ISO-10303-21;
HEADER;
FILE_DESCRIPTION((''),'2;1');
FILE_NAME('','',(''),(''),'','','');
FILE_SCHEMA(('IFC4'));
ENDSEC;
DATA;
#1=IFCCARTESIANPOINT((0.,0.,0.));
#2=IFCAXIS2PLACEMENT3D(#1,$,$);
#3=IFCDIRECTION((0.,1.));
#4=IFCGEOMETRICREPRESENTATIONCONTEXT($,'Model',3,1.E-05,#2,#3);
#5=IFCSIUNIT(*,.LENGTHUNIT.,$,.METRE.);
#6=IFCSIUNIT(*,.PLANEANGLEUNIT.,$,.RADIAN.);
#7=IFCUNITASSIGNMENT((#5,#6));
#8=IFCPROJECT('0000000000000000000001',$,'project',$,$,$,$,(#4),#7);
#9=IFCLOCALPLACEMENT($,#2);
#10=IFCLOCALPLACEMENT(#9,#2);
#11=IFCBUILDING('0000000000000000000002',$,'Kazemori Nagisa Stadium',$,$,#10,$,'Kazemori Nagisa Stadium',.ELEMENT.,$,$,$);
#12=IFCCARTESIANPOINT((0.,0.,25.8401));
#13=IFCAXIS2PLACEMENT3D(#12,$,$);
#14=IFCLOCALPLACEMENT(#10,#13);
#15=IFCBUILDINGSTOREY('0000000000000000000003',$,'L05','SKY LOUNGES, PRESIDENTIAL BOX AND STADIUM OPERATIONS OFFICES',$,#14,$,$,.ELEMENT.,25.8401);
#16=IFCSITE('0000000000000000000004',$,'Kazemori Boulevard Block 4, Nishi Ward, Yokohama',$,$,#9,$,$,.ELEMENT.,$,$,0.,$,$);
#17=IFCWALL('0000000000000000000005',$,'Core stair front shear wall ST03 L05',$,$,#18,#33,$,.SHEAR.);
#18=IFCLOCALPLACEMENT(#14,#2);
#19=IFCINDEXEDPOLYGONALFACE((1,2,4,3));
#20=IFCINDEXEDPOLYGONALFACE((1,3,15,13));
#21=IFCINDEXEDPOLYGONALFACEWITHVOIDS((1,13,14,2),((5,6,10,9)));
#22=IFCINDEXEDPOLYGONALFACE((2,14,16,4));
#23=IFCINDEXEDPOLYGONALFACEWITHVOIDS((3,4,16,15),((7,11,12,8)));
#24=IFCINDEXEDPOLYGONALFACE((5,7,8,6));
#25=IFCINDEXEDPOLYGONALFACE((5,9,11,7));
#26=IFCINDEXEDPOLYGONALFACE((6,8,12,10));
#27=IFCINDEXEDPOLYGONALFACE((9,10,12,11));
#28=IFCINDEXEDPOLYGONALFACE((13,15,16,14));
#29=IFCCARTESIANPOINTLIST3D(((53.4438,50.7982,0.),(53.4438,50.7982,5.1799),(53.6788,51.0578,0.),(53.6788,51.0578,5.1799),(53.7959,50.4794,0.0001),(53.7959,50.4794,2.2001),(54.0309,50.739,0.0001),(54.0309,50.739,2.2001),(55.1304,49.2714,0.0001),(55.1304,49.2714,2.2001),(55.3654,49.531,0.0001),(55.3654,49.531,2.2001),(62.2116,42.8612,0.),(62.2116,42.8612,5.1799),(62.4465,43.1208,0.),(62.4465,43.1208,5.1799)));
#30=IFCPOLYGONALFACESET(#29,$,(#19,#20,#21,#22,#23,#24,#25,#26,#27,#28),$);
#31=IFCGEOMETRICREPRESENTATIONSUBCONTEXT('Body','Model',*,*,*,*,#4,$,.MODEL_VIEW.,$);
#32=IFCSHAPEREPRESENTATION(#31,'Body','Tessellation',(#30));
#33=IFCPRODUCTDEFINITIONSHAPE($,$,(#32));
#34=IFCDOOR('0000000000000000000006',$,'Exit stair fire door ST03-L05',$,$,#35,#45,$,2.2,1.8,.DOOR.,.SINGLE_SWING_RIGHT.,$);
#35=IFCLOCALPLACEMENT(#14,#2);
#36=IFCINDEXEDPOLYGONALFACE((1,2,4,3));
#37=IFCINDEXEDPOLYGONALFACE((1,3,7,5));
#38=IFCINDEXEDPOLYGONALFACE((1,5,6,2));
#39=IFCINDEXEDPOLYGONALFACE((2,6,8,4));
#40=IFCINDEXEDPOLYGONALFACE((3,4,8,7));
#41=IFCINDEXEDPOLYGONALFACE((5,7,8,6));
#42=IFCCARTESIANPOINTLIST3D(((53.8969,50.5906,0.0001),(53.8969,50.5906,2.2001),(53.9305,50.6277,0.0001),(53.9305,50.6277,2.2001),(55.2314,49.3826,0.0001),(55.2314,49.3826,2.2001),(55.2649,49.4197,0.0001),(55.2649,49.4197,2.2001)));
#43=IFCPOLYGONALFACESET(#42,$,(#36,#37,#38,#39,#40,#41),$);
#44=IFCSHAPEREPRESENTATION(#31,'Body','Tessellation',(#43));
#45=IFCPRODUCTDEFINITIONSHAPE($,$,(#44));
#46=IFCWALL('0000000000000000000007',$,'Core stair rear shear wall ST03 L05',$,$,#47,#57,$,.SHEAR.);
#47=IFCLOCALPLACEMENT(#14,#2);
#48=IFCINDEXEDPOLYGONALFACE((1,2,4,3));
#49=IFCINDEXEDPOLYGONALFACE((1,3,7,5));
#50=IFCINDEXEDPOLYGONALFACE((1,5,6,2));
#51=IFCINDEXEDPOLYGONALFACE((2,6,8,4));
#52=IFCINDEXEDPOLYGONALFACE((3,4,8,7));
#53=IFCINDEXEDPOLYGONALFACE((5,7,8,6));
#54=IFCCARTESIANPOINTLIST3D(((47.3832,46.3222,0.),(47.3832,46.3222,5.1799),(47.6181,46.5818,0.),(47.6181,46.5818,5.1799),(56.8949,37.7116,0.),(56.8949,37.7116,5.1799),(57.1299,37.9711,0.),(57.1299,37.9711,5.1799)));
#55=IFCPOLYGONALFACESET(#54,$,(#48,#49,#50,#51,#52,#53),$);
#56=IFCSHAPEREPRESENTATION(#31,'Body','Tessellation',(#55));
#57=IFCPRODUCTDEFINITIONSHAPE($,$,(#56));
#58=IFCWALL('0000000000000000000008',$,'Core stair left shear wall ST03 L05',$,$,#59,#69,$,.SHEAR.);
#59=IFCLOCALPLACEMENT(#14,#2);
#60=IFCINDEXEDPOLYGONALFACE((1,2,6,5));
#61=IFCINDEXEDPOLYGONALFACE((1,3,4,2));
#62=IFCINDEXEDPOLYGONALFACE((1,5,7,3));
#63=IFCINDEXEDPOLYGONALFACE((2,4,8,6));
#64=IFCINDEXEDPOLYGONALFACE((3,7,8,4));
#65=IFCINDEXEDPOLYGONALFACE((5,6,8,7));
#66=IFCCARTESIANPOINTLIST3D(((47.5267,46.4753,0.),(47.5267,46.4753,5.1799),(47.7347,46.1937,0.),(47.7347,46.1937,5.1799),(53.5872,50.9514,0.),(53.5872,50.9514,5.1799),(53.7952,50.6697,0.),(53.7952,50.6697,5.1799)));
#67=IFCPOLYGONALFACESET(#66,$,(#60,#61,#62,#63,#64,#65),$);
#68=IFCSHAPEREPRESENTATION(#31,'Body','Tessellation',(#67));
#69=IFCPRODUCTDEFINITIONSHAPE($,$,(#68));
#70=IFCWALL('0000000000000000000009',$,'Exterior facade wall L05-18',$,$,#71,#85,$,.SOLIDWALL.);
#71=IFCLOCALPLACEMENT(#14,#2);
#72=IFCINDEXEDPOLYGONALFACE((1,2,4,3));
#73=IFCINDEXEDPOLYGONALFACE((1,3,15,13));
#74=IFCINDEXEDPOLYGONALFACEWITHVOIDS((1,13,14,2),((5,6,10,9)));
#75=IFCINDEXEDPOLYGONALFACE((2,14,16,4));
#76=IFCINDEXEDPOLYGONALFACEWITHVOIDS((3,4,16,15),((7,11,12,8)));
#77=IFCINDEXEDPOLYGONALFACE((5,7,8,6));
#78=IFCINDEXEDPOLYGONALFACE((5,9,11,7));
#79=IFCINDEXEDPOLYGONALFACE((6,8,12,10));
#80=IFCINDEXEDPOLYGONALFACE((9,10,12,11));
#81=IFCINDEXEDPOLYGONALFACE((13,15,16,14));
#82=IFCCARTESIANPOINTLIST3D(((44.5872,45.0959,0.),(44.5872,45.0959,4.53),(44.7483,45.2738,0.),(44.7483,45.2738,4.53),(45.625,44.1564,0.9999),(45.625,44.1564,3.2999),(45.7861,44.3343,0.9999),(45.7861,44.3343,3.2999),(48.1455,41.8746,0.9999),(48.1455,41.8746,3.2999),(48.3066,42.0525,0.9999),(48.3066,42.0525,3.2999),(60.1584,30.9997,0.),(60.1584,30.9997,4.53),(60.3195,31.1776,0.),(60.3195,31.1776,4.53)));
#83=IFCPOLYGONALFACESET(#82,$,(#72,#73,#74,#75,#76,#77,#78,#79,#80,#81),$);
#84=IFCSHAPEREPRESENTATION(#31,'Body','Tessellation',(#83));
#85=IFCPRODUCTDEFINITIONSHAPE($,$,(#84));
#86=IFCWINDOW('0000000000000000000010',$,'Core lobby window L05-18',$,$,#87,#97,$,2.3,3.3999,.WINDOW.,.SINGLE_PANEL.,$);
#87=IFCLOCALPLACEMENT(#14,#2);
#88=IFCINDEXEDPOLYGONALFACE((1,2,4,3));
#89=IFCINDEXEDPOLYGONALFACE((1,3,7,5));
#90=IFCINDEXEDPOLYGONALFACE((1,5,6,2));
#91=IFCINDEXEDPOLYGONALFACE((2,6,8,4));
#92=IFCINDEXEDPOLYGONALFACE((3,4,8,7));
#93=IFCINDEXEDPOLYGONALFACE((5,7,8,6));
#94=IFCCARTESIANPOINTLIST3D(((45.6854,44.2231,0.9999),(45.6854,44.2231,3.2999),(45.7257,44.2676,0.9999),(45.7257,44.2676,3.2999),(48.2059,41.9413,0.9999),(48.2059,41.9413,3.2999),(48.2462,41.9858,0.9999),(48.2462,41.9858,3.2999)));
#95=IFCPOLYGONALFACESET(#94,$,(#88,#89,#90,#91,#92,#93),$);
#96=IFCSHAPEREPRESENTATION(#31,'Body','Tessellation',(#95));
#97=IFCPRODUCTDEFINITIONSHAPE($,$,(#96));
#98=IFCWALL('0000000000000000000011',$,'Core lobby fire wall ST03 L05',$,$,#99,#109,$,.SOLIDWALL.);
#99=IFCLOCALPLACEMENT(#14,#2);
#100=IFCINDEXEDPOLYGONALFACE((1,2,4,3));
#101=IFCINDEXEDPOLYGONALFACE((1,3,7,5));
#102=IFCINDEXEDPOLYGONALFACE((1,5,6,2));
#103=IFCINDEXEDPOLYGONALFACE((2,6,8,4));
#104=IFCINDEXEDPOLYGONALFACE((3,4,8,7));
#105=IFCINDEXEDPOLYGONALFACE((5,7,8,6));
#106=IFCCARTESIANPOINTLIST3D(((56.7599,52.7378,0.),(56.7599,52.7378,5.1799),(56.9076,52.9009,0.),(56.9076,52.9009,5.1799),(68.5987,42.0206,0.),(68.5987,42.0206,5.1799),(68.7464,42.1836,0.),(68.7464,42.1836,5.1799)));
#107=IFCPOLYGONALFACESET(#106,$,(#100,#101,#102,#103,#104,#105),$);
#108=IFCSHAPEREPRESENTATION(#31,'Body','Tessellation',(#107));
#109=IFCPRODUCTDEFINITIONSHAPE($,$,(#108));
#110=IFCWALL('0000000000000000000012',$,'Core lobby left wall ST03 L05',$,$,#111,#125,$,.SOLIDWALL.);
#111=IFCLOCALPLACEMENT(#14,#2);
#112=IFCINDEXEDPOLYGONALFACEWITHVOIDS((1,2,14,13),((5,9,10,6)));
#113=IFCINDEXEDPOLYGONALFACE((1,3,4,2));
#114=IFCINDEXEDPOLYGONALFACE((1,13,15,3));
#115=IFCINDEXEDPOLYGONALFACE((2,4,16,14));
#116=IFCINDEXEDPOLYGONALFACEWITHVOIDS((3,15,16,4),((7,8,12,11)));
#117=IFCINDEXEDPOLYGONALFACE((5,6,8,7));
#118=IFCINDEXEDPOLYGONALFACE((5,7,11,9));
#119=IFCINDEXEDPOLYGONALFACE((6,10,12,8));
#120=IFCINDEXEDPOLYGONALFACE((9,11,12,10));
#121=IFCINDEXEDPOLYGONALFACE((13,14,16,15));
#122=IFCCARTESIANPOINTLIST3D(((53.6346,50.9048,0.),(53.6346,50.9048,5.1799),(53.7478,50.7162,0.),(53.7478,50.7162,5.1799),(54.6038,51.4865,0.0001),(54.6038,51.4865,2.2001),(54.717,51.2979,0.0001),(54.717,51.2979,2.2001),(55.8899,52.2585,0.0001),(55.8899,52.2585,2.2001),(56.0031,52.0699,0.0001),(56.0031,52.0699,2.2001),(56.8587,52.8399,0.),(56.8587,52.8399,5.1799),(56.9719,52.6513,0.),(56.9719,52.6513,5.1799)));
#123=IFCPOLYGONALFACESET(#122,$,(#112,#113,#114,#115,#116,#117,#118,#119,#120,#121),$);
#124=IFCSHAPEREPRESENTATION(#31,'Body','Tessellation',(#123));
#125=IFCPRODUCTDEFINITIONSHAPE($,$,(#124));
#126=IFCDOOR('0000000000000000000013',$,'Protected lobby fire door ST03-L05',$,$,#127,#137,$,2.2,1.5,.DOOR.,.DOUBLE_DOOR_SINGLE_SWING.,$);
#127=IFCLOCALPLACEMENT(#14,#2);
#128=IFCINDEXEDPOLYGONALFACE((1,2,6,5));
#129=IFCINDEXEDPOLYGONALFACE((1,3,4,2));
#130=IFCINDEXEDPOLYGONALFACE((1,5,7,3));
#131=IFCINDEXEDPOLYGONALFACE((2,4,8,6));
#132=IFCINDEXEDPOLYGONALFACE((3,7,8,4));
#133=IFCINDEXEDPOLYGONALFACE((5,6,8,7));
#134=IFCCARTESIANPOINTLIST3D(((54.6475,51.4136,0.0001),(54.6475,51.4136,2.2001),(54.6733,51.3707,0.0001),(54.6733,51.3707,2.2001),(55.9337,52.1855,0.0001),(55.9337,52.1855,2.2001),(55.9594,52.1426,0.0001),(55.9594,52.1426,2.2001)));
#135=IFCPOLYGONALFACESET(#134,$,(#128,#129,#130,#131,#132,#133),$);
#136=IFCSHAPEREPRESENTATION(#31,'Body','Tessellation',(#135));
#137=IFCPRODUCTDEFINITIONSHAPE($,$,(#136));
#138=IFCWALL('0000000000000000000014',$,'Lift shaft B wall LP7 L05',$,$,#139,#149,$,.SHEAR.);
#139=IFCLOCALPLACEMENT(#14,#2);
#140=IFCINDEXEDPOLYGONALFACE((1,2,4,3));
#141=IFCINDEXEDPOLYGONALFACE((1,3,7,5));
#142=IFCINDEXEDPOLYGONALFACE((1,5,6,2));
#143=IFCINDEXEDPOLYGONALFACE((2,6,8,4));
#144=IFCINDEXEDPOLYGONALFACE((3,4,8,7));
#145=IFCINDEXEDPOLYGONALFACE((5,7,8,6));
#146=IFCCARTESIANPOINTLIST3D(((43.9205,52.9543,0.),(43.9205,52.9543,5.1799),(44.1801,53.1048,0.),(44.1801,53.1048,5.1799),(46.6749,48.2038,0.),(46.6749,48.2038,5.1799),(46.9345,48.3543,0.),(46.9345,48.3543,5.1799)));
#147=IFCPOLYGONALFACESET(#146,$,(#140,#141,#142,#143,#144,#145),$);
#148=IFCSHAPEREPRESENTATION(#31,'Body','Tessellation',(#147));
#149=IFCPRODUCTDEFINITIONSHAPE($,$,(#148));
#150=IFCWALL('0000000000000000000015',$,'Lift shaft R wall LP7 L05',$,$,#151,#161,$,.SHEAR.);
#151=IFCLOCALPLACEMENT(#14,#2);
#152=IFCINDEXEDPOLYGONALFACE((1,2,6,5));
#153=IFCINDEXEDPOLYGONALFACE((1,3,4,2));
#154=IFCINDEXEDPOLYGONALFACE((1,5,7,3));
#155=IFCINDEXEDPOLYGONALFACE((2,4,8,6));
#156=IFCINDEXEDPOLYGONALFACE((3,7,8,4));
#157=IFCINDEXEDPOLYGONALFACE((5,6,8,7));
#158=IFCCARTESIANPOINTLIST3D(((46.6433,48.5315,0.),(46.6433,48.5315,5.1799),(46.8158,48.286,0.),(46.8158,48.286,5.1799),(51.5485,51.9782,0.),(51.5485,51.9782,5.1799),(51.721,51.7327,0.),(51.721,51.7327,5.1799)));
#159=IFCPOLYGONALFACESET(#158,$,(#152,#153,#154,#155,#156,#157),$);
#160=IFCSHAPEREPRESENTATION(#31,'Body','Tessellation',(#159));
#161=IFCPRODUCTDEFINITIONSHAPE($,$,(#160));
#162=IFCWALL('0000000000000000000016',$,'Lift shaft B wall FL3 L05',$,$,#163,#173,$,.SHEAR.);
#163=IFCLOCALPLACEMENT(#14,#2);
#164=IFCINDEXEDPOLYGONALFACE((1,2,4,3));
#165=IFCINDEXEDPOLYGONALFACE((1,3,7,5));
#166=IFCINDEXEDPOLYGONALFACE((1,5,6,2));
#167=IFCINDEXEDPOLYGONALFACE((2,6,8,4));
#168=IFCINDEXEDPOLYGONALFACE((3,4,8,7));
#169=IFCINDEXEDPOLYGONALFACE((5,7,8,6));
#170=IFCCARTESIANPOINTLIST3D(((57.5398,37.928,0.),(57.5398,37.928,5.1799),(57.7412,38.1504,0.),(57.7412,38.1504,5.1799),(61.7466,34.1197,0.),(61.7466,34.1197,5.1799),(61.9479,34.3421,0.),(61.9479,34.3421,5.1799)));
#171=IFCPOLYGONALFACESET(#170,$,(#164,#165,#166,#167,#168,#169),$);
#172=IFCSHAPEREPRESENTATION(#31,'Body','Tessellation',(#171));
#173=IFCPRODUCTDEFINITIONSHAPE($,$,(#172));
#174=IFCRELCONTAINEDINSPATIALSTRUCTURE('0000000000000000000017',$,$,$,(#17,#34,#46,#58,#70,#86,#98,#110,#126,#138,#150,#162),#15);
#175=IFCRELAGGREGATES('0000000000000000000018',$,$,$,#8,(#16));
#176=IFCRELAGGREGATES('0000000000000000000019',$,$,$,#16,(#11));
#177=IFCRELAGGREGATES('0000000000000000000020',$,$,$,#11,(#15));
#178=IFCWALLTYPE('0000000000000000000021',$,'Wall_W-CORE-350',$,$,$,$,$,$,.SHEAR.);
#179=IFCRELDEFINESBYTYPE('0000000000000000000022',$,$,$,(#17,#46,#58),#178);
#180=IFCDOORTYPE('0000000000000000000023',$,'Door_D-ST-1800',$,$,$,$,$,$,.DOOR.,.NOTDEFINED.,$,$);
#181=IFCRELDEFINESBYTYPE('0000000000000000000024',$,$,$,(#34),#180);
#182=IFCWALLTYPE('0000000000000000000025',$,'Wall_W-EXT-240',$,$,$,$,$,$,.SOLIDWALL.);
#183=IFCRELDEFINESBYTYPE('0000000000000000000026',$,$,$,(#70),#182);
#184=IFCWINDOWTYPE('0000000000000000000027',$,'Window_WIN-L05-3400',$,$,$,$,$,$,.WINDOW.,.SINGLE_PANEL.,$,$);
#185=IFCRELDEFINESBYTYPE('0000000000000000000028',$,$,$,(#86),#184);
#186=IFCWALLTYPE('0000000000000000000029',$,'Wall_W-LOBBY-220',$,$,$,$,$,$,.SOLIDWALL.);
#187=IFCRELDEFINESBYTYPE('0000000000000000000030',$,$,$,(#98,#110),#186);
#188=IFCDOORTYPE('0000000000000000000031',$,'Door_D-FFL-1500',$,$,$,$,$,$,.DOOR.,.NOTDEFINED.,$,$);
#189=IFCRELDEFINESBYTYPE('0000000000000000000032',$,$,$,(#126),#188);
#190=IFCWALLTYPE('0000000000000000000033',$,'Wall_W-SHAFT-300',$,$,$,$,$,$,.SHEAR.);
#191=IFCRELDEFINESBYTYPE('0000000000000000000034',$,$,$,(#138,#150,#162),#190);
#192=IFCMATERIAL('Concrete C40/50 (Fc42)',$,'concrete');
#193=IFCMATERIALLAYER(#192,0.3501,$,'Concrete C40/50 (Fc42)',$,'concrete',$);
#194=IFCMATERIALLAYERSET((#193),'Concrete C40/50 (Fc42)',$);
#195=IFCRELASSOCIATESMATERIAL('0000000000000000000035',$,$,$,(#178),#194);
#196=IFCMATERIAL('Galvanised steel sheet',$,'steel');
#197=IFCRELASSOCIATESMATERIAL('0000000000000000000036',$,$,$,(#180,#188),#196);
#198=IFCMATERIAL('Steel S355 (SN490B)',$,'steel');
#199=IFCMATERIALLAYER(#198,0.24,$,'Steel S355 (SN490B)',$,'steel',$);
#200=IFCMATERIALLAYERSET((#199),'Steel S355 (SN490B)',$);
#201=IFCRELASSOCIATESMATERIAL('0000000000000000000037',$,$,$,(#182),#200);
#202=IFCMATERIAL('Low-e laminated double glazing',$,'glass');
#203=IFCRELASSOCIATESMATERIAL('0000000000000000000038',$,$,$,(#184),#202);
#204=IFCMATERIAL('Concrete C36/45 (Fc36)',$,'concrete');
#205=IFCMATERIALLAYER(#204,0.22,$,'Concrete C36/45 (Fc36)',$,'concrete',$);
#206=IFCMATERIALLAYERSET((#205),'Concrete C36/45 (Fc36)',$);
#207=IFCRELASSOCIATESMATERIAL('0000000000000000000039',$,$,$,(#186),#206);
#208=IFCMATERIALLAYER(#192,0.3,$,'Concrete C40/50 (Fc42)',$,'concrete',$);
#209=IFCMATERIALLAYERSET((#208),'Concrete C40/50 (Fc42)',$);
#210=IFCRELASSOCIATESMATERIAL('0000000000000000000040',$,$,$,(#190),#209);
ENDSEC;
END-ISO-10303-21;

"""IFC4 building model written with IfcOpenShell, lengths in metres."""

from ifc_helpers import new_model, si_unit, direction, frame, frame_2d, origin, place, context, subcontext, project, spatial, rectangle, extrude, material, layer, layer_set, type_object, element, fill, save


model = new_model("IFC4")

# Units and contexts
model_context = context("Model", 3, precision=1e-05, world=origin(), true_north=direction((0.0, 1.0)))
body_context = subcontext(model_context, "Body", "Model", "MODEL_VIEW")
ifc_project = project(units=[si_unit("LENGTHUNIT", "METRE"), si_unit("PLANEANGLEUNIT", "RADIAN")], contexts=[model_context])

# Site, building, storey
site_placement = place(None, origin())
site = spatial("IfcSite", under=ifc_project, at=site_placement, Name="Kazemori Boulevard Block 4, Nishi Ward, Yokohama", CompositionType="ELEMENT", RefElevation=0.0)
building_placement = place(site_placement, origin())
building = spatial("IfcBuilding", under=site, at=building_placement, Name="Kazemori Nagisa Stadium", LongName="Kazemori Nagisa Stadium", CompositionType="ELEMENT")
storey_placement = place(building_placement, frame((0.0, 0.0, 25.8401)))
storey = spatial("IfcBuildingStorey", under=building, at=storey_placement, Name="L05", Description="SKY LOUNGES, PRESIDENTIAL BOX AND STADIUM OPERATIONS OFFICES", CompositionType="ELEMENT", Elevation=25.8401)

# Shared definitions
ifc_material_1 = material(Name="Concrete C40/50 (Fc42)", Category="concrete")

# Wall, opening, door
ifc_layer_1 = layer(ifc_material_1, 0.3501, Name="Concrete C40/50 (Fc42)", Category="concrete")
ifc_layer_set_1 = layer_set([ifc_layer_1], Name="Concrete C40/50 (Fc42)")
wall_type_1 = type_object("IfcWallType", Name="Wall_W-CORE-350", PredefinedType="SHEAR", material=ifc_layer_set_1)
wall_1_placement = place(storey_placement, frame((53.5613, 50.928, 0.0), z_axis=(0.0, 0.0, 1.0), x_axis=(0.741358, -0.67111, 0.0)))
wall_1 = element("IfcWall", 1, at=wall_1_placement, inside=storey, type_object=wall_type_1, Name="Core stair front shear wall ST03 L05", PredefinedType="SHEAR", context=body_context, shape_type="SweptSolid", body=[
    extrude(rectangle(XDim=11.8267, YDim=0.3501, at=frame_2d((5.9133, 0.0))), origin(), (0.0, 0.0, 1.0), 5.1799),
])
opening_1_placement = place(wall_1_placement, frame((0.4751, 0.0, 0.0)))
opening_1 = element("IfcOpeningElement", 2, at=opening_1_placement, cuts=wall_1, PredefinedType="OPENING", context=body_context, shape_type="SweptSolid", body=[
    extrude(rectangle(XDim=1.8, YDim=2.2, at=frame_2d((0.8999, 1.1001))), frame((0.0, 0.1851, 0.0), z_axis=(0.0, -1.0, 0.0), x_axis=(1.0, 0.0, 0.0)), (0.0, 0.0, 1.0), 0.3701),
])
ifc_material_2 = material(Name="Galvanised steel sheet", Category="steel")
door_type_1 = type_object("IfcDoorType", Name="Door_D-ST-1800", OperationType="NOTDEFINED", PredefinedType="DOOR", material=ifc_material_2)
door_1_placement = place(opening_1_placement, frame((1.8, 0.0, 0.0), z_axis=(0.0, 0.0, 1.0), x_axis=(-1.0, 0.0, 0.0)))
door_1 = element("IfcDoor", 3, at=door_1_placement, inside=storey, type_object=door_type_1, Name="Exit stair fire door ST03-L05", OperationType="SINGLE_SWING_RIGHT", OverallHeight=2.2, OverallWidth=1.8, PredefinedType="DOOR", context=body_context, shape_type="SweptSolid", body=[
    extrude(rectangle(XDim=1.8, YDim=2.2, at=frame_2d((0.8999, 1.1001))), frame((0.0, 0.0249, 0.0), z_axis=(0.0, -1.0, 0.0), x_axis=(1.0, 0.0, 0.0)), (0.0, 0.0, 1.0), 0.05),
])
fill(opening_1, door_1)

# Walls
wall_2_placement = place(storey_placement, frame((47.5007, 46.4519, 0.0), z_axis=(0.0, 0.0, 1.0), x_axis=(0.741351, -0.671117, 0.0)))
element("IfcWall", 4, at=wall_2_placement, inside=storey, type_object=wall_type_1, Name="Core stair rear shear wall ST03 L05", PredefinedType="SHEAR", context=body_context, shape_type="SweptSolid", body=[
    extrude(rectangle(XDim=12.8303, YDim=0.3501, at=frame_2d((6.415, 0.0))), origin(), (0.0, 0.0, 1.0), 5.1799),
])
wall_3_placement = place(storey_placement, frame((53.6912, 50.8105, 0.0), z_axis=(0.0, 0.0, 1.0), x_axis=(-0.804396, -0.594094, 0.0)))
element("IfcWall", 5, at=wall_3_placement, inside=storey, type_object=wall_type_1, Name="Core stair left shear wall ST03 L05", PredefinedType="SHEAR", context=body_context, shape_type="SweptSolid", body=[
    extrude(rectangle(XDim=7.5342, YDim=0.3501, at=frame_2d((3.7671, 0.0))), origin(), (0.0, 0.0, 1.0), 5.1799),
])

# Wall, opening, window
ifc_material_3 = material(Name="Steel S355 (SN490B)", Category="steel")
ifc_layer_2 = layer(ifc_material_3, 0.24, Name="Steel S355 (SN490B)", Category="steel")
ifc_layer_set_2 = layer_set([ifc_layer_2], Name="Steel S355 (SN490B)")
wall_type_2 = type_object("IfcWallType", Name="Wall_W-EXT-240", PredefinedType="SOLIDWALL", material=ifc_layer_set_2)
wall_4_placement = place(storey_placement, frame((44.6677, 45.1848, 0.0), z_axis=(0.0, 0.0, 1.0), x_axis=(0.741349, -0.67112, 0.0)))
wall_4 = element("IfcWall", 6, at=wall_4_placement, inside=storey, type_object=wall_type_2, Name="Exterior facade wall L05-18", PredefinedType="SOLIDWALL", context=body_context, shape_type="SweptSolid", body=[
    extrude(rectangle(XDim=21.0039, YDim=0.24, at=frame_2d((10.502, 0.0))), origin(), (0.0, 0.0, 1.0), 4.53),
])
opening_2_placement = place(wall_4_placement, frame((1.3999, 0.0, 1.0)))
opening_2 = element("IfcOpeningElement", 7, at=opening_2_placement, cuts=wall_4, PredefinedType="OPENING", context=body_context, shape_type="SweptSolid", body=[
    extrude(rectangle(XDim=3.3999, YDim=2.3, at=frame_2d((1.7, 1.1499))), frame((0.0, 0.1299, 0.0), z_axis=(0.0, -1.0, 0.0), x_axis=(1.0, 0.0, 0.0)), (0.0, 0.0, 1.0), 0.26),
])
ifc_material_4 = material(Name="Low-e laminated double glazing", Category="glass")
window_type = type_object("IfcWindowType", Name="Window_WIN-L05-3400", PartitioningType="SINGLE_PANEL", PredefinedType="WINDOW", material=ifc_material_4)
window_placement = place(opening_2_placement, origin())
window = element("IfcWindow", 8, at=window_placement, inside=storey, type_object=window_type, Name="Core lobby window L05-18", OverallHeight=2.3, OverallWidth=3.3999, PartitioningType="SINGLE_PANEL", PredefinedType="WINDOW", context=body_context, shape_type="SweptSolid", body=[
    extrude(rectangle(XDim=3.3999, YDim=2.3, at=frame_2d((1.7, 1.1499))), frame((0.0, 0.03, 0.0), z_axis=(0.0, -1.0, 0.0), x_axis=(1.0, 0.0, 0.0)), (0.0, 0.0, 1.0), 0.0601),
])
fill(opening_2, window)

# Wall
ifc_material_5 = material(Name="Concrete C36/45 (Fc36)", Category="concrete")
ifc_layer_3 = layer(ifc_material_5, 0.22, Name="Concrete C36/45 (Fc36)", Category="concrete")
ifc_layer_set_3 = layer_set([ifc_layer_3], Name="Concrete C36/45 (Fc36)")
wall_type_3 = type_object("IfcWallType", Name="Wall_W-LOBBY-220", PredefinedType="SOLIDWALL", material=ifc_layer_set_3)
wall_5_placement = place(storey_placement, frame((56.8337, 52.8193, 0.0), z_axis=(0.0, 0.0, 1.0), x_axis=(0.741351, -0.671117, 0.0)))
element("IfcWall", 9, at=wall_5_placement, inside=storey, type_object=wall_type_3, Name="Core lobby fire wall ST03 L05", PredefinedType="SOLIDWALL", context=body_context, shape_type="SweptSolid", body=[
    extrude(rectangle(XDim=15.9692, YDim=0.22, at=frame_2d((7.9846, 0.0))), origin(), (0.0, 0.0, 1.0), 5.1799),
])

# Wall, opening, door
wall_6_placement = place(storey_placement, frame((56.9153, 52.7456, 0.0), z_axis=(0.0, 0.0, 1.0), x_axis=(-0.857424, -0.51461, 0.0)))
wall_6 = element("IfcWall", 10, at=wall_6_placement, inside=storey, type_object=wall_type_3, Name="Core lobby left wall ST03 L05", PredefinedType="SOLIDWALL", context=body_context, shape_type="SweptSolid", body=[
    extrude(rectangle(XDim=3.7603, YDim=0.22, at=frame_2d((1.8801, 0.0))), origin(), (0.0, 0.0, 1.0), 5.1799),
])
opening_3_placement = place(wall_6_placement, frame((1.1299, 0.0, 0.0)))
opening_3 = element("IfcOpeningElement", 11, at=opening_3_placement, cuts=wall_6, PredefinedType="OPENING", context=body_context, shape_type="SweptSolid", body=[
    extrude(rectangle(XDim=1.5, YDim=2.2, at=frame_2d((0.75, 1.1001))), frame((0.0, 0.1199, 0.0), z_axis=(0.0, -1.0, 0.0), x_axis=(1.0, 0.0, 0.0)), (0.0, 0.0, 1.0), 0.24),
])
door_type_2 = type_object("IfcDoorType", Name="Door_D-FFL-1500", OperationType="NOTDEFINED", PredefinedType="DOOR", material=ifc_material_2)
door_2_placement = place(opening_3_placement, frame((1.5, 0.0, 0.0), z_axis=(0.0, 0.0, 1.0), x_axis=(-1.0, 0.0, 0.0)))
door_2 = element("IfcDoor", 12, at=door_2_placement, inside=storey, type_object=door_type_2, Name="Protected lobby fire door ST03-L05", OperationType="DOUBLE_DOOR_SINGLE_SWING", OverallHeight=2.2, OverallWidth=1.5, PredefinedType="DOOR", context=body_context, shape_type="SweptSolid", body=[
    extrude(rectangle(XDim=1.5, YDim=2.2, at=frame_2d((0.75, 1.1001))), frame((0.0, 0.0249, 0.0), z_axis=(0.0, -1.0, 0.0), x_axis=(1.0, 0.0, 0.0)), (0.0, 0.0, 1.0), 0.05),
])
fill(opening_3, door_2)

# Walls
ifc_layer_4 = layer(ifc_material_1, 0.3, Name="Concrete C40/50 (Fc42)", Category="concrete")
ifc_layer_set_4 = layer_set([ifc_layer_4], Name="Concrete C40/50 (Fc42)")
wall_type_4 = type_object("IfcWallType", Name="Wall_W-SHAFT-300", PredefinedType="SHEAR", material=ifc_layer_set_4)
wall_7_placement = place(storey_placement, frame((44.0503, 53.0295, 0.0), z_axis=(0.0, 0.0, 1.0), x_axis=(0.501597, -0.865101, 0.0)))
element("IfcWall", 13, at=wall_7_placement, inside=storey, type_object=wall_type_4, Name="Lift shaft B wall LP7 L05", PredefinedType="SHEAR", context=body_context, shape_type="SweptSolid", body=[
    extrude(rectangle(XDim=5.4912, YDim=0.3, at=frame_2d((2.7456, 0.0))), origin(), (0.0, 0.0, 1.0), 5.1799),
])
wall_8_placement = place(storey_placement, frame((51.6348, 51.8555, 0.0), z_axis=(0.0, 0.0, 1.0), x_axis=(-0.818205, -0.574926, 0.0)))
element("IfcWall", 14, at=wall_8_placement, inside=storey, type_object=wall_type_4, Name="Lift shaft R wall LP7 L05", PredefinedType="SHEAR", context=body_context, shape_type="SweptSolid", body=[
    extrude(rectangle(XDim=5.9951, YDim=0.3, at=frame_2d((2.9976, 0.0))), origin(), (0.0, 0.0, 1.0), 5.1799),
])
wall_9_placement = place(storey_placement, frame((57.6404, 38.0393, 0.0), z_axis=(0.0, 0.0, 1.0), x_axis=(0.741342, -0.671127, 0.0)))
element("IfcWall", 15, at=wall_9_placement, inside=storey, type_object=wall_type_4, Name="Lift shaft B wall FL3 L05", PredefinedType="SHEAR", context=body_context, shape_type="SweptSolid", body=[
    extrude(rectangle(XDim=5.6746, YDim=0.3, at=frame_2d((2.8374, 0.0))), origin(), (0.0, 0.0, 1.0), 5.1799),
])

save(model, "model.ifc")
